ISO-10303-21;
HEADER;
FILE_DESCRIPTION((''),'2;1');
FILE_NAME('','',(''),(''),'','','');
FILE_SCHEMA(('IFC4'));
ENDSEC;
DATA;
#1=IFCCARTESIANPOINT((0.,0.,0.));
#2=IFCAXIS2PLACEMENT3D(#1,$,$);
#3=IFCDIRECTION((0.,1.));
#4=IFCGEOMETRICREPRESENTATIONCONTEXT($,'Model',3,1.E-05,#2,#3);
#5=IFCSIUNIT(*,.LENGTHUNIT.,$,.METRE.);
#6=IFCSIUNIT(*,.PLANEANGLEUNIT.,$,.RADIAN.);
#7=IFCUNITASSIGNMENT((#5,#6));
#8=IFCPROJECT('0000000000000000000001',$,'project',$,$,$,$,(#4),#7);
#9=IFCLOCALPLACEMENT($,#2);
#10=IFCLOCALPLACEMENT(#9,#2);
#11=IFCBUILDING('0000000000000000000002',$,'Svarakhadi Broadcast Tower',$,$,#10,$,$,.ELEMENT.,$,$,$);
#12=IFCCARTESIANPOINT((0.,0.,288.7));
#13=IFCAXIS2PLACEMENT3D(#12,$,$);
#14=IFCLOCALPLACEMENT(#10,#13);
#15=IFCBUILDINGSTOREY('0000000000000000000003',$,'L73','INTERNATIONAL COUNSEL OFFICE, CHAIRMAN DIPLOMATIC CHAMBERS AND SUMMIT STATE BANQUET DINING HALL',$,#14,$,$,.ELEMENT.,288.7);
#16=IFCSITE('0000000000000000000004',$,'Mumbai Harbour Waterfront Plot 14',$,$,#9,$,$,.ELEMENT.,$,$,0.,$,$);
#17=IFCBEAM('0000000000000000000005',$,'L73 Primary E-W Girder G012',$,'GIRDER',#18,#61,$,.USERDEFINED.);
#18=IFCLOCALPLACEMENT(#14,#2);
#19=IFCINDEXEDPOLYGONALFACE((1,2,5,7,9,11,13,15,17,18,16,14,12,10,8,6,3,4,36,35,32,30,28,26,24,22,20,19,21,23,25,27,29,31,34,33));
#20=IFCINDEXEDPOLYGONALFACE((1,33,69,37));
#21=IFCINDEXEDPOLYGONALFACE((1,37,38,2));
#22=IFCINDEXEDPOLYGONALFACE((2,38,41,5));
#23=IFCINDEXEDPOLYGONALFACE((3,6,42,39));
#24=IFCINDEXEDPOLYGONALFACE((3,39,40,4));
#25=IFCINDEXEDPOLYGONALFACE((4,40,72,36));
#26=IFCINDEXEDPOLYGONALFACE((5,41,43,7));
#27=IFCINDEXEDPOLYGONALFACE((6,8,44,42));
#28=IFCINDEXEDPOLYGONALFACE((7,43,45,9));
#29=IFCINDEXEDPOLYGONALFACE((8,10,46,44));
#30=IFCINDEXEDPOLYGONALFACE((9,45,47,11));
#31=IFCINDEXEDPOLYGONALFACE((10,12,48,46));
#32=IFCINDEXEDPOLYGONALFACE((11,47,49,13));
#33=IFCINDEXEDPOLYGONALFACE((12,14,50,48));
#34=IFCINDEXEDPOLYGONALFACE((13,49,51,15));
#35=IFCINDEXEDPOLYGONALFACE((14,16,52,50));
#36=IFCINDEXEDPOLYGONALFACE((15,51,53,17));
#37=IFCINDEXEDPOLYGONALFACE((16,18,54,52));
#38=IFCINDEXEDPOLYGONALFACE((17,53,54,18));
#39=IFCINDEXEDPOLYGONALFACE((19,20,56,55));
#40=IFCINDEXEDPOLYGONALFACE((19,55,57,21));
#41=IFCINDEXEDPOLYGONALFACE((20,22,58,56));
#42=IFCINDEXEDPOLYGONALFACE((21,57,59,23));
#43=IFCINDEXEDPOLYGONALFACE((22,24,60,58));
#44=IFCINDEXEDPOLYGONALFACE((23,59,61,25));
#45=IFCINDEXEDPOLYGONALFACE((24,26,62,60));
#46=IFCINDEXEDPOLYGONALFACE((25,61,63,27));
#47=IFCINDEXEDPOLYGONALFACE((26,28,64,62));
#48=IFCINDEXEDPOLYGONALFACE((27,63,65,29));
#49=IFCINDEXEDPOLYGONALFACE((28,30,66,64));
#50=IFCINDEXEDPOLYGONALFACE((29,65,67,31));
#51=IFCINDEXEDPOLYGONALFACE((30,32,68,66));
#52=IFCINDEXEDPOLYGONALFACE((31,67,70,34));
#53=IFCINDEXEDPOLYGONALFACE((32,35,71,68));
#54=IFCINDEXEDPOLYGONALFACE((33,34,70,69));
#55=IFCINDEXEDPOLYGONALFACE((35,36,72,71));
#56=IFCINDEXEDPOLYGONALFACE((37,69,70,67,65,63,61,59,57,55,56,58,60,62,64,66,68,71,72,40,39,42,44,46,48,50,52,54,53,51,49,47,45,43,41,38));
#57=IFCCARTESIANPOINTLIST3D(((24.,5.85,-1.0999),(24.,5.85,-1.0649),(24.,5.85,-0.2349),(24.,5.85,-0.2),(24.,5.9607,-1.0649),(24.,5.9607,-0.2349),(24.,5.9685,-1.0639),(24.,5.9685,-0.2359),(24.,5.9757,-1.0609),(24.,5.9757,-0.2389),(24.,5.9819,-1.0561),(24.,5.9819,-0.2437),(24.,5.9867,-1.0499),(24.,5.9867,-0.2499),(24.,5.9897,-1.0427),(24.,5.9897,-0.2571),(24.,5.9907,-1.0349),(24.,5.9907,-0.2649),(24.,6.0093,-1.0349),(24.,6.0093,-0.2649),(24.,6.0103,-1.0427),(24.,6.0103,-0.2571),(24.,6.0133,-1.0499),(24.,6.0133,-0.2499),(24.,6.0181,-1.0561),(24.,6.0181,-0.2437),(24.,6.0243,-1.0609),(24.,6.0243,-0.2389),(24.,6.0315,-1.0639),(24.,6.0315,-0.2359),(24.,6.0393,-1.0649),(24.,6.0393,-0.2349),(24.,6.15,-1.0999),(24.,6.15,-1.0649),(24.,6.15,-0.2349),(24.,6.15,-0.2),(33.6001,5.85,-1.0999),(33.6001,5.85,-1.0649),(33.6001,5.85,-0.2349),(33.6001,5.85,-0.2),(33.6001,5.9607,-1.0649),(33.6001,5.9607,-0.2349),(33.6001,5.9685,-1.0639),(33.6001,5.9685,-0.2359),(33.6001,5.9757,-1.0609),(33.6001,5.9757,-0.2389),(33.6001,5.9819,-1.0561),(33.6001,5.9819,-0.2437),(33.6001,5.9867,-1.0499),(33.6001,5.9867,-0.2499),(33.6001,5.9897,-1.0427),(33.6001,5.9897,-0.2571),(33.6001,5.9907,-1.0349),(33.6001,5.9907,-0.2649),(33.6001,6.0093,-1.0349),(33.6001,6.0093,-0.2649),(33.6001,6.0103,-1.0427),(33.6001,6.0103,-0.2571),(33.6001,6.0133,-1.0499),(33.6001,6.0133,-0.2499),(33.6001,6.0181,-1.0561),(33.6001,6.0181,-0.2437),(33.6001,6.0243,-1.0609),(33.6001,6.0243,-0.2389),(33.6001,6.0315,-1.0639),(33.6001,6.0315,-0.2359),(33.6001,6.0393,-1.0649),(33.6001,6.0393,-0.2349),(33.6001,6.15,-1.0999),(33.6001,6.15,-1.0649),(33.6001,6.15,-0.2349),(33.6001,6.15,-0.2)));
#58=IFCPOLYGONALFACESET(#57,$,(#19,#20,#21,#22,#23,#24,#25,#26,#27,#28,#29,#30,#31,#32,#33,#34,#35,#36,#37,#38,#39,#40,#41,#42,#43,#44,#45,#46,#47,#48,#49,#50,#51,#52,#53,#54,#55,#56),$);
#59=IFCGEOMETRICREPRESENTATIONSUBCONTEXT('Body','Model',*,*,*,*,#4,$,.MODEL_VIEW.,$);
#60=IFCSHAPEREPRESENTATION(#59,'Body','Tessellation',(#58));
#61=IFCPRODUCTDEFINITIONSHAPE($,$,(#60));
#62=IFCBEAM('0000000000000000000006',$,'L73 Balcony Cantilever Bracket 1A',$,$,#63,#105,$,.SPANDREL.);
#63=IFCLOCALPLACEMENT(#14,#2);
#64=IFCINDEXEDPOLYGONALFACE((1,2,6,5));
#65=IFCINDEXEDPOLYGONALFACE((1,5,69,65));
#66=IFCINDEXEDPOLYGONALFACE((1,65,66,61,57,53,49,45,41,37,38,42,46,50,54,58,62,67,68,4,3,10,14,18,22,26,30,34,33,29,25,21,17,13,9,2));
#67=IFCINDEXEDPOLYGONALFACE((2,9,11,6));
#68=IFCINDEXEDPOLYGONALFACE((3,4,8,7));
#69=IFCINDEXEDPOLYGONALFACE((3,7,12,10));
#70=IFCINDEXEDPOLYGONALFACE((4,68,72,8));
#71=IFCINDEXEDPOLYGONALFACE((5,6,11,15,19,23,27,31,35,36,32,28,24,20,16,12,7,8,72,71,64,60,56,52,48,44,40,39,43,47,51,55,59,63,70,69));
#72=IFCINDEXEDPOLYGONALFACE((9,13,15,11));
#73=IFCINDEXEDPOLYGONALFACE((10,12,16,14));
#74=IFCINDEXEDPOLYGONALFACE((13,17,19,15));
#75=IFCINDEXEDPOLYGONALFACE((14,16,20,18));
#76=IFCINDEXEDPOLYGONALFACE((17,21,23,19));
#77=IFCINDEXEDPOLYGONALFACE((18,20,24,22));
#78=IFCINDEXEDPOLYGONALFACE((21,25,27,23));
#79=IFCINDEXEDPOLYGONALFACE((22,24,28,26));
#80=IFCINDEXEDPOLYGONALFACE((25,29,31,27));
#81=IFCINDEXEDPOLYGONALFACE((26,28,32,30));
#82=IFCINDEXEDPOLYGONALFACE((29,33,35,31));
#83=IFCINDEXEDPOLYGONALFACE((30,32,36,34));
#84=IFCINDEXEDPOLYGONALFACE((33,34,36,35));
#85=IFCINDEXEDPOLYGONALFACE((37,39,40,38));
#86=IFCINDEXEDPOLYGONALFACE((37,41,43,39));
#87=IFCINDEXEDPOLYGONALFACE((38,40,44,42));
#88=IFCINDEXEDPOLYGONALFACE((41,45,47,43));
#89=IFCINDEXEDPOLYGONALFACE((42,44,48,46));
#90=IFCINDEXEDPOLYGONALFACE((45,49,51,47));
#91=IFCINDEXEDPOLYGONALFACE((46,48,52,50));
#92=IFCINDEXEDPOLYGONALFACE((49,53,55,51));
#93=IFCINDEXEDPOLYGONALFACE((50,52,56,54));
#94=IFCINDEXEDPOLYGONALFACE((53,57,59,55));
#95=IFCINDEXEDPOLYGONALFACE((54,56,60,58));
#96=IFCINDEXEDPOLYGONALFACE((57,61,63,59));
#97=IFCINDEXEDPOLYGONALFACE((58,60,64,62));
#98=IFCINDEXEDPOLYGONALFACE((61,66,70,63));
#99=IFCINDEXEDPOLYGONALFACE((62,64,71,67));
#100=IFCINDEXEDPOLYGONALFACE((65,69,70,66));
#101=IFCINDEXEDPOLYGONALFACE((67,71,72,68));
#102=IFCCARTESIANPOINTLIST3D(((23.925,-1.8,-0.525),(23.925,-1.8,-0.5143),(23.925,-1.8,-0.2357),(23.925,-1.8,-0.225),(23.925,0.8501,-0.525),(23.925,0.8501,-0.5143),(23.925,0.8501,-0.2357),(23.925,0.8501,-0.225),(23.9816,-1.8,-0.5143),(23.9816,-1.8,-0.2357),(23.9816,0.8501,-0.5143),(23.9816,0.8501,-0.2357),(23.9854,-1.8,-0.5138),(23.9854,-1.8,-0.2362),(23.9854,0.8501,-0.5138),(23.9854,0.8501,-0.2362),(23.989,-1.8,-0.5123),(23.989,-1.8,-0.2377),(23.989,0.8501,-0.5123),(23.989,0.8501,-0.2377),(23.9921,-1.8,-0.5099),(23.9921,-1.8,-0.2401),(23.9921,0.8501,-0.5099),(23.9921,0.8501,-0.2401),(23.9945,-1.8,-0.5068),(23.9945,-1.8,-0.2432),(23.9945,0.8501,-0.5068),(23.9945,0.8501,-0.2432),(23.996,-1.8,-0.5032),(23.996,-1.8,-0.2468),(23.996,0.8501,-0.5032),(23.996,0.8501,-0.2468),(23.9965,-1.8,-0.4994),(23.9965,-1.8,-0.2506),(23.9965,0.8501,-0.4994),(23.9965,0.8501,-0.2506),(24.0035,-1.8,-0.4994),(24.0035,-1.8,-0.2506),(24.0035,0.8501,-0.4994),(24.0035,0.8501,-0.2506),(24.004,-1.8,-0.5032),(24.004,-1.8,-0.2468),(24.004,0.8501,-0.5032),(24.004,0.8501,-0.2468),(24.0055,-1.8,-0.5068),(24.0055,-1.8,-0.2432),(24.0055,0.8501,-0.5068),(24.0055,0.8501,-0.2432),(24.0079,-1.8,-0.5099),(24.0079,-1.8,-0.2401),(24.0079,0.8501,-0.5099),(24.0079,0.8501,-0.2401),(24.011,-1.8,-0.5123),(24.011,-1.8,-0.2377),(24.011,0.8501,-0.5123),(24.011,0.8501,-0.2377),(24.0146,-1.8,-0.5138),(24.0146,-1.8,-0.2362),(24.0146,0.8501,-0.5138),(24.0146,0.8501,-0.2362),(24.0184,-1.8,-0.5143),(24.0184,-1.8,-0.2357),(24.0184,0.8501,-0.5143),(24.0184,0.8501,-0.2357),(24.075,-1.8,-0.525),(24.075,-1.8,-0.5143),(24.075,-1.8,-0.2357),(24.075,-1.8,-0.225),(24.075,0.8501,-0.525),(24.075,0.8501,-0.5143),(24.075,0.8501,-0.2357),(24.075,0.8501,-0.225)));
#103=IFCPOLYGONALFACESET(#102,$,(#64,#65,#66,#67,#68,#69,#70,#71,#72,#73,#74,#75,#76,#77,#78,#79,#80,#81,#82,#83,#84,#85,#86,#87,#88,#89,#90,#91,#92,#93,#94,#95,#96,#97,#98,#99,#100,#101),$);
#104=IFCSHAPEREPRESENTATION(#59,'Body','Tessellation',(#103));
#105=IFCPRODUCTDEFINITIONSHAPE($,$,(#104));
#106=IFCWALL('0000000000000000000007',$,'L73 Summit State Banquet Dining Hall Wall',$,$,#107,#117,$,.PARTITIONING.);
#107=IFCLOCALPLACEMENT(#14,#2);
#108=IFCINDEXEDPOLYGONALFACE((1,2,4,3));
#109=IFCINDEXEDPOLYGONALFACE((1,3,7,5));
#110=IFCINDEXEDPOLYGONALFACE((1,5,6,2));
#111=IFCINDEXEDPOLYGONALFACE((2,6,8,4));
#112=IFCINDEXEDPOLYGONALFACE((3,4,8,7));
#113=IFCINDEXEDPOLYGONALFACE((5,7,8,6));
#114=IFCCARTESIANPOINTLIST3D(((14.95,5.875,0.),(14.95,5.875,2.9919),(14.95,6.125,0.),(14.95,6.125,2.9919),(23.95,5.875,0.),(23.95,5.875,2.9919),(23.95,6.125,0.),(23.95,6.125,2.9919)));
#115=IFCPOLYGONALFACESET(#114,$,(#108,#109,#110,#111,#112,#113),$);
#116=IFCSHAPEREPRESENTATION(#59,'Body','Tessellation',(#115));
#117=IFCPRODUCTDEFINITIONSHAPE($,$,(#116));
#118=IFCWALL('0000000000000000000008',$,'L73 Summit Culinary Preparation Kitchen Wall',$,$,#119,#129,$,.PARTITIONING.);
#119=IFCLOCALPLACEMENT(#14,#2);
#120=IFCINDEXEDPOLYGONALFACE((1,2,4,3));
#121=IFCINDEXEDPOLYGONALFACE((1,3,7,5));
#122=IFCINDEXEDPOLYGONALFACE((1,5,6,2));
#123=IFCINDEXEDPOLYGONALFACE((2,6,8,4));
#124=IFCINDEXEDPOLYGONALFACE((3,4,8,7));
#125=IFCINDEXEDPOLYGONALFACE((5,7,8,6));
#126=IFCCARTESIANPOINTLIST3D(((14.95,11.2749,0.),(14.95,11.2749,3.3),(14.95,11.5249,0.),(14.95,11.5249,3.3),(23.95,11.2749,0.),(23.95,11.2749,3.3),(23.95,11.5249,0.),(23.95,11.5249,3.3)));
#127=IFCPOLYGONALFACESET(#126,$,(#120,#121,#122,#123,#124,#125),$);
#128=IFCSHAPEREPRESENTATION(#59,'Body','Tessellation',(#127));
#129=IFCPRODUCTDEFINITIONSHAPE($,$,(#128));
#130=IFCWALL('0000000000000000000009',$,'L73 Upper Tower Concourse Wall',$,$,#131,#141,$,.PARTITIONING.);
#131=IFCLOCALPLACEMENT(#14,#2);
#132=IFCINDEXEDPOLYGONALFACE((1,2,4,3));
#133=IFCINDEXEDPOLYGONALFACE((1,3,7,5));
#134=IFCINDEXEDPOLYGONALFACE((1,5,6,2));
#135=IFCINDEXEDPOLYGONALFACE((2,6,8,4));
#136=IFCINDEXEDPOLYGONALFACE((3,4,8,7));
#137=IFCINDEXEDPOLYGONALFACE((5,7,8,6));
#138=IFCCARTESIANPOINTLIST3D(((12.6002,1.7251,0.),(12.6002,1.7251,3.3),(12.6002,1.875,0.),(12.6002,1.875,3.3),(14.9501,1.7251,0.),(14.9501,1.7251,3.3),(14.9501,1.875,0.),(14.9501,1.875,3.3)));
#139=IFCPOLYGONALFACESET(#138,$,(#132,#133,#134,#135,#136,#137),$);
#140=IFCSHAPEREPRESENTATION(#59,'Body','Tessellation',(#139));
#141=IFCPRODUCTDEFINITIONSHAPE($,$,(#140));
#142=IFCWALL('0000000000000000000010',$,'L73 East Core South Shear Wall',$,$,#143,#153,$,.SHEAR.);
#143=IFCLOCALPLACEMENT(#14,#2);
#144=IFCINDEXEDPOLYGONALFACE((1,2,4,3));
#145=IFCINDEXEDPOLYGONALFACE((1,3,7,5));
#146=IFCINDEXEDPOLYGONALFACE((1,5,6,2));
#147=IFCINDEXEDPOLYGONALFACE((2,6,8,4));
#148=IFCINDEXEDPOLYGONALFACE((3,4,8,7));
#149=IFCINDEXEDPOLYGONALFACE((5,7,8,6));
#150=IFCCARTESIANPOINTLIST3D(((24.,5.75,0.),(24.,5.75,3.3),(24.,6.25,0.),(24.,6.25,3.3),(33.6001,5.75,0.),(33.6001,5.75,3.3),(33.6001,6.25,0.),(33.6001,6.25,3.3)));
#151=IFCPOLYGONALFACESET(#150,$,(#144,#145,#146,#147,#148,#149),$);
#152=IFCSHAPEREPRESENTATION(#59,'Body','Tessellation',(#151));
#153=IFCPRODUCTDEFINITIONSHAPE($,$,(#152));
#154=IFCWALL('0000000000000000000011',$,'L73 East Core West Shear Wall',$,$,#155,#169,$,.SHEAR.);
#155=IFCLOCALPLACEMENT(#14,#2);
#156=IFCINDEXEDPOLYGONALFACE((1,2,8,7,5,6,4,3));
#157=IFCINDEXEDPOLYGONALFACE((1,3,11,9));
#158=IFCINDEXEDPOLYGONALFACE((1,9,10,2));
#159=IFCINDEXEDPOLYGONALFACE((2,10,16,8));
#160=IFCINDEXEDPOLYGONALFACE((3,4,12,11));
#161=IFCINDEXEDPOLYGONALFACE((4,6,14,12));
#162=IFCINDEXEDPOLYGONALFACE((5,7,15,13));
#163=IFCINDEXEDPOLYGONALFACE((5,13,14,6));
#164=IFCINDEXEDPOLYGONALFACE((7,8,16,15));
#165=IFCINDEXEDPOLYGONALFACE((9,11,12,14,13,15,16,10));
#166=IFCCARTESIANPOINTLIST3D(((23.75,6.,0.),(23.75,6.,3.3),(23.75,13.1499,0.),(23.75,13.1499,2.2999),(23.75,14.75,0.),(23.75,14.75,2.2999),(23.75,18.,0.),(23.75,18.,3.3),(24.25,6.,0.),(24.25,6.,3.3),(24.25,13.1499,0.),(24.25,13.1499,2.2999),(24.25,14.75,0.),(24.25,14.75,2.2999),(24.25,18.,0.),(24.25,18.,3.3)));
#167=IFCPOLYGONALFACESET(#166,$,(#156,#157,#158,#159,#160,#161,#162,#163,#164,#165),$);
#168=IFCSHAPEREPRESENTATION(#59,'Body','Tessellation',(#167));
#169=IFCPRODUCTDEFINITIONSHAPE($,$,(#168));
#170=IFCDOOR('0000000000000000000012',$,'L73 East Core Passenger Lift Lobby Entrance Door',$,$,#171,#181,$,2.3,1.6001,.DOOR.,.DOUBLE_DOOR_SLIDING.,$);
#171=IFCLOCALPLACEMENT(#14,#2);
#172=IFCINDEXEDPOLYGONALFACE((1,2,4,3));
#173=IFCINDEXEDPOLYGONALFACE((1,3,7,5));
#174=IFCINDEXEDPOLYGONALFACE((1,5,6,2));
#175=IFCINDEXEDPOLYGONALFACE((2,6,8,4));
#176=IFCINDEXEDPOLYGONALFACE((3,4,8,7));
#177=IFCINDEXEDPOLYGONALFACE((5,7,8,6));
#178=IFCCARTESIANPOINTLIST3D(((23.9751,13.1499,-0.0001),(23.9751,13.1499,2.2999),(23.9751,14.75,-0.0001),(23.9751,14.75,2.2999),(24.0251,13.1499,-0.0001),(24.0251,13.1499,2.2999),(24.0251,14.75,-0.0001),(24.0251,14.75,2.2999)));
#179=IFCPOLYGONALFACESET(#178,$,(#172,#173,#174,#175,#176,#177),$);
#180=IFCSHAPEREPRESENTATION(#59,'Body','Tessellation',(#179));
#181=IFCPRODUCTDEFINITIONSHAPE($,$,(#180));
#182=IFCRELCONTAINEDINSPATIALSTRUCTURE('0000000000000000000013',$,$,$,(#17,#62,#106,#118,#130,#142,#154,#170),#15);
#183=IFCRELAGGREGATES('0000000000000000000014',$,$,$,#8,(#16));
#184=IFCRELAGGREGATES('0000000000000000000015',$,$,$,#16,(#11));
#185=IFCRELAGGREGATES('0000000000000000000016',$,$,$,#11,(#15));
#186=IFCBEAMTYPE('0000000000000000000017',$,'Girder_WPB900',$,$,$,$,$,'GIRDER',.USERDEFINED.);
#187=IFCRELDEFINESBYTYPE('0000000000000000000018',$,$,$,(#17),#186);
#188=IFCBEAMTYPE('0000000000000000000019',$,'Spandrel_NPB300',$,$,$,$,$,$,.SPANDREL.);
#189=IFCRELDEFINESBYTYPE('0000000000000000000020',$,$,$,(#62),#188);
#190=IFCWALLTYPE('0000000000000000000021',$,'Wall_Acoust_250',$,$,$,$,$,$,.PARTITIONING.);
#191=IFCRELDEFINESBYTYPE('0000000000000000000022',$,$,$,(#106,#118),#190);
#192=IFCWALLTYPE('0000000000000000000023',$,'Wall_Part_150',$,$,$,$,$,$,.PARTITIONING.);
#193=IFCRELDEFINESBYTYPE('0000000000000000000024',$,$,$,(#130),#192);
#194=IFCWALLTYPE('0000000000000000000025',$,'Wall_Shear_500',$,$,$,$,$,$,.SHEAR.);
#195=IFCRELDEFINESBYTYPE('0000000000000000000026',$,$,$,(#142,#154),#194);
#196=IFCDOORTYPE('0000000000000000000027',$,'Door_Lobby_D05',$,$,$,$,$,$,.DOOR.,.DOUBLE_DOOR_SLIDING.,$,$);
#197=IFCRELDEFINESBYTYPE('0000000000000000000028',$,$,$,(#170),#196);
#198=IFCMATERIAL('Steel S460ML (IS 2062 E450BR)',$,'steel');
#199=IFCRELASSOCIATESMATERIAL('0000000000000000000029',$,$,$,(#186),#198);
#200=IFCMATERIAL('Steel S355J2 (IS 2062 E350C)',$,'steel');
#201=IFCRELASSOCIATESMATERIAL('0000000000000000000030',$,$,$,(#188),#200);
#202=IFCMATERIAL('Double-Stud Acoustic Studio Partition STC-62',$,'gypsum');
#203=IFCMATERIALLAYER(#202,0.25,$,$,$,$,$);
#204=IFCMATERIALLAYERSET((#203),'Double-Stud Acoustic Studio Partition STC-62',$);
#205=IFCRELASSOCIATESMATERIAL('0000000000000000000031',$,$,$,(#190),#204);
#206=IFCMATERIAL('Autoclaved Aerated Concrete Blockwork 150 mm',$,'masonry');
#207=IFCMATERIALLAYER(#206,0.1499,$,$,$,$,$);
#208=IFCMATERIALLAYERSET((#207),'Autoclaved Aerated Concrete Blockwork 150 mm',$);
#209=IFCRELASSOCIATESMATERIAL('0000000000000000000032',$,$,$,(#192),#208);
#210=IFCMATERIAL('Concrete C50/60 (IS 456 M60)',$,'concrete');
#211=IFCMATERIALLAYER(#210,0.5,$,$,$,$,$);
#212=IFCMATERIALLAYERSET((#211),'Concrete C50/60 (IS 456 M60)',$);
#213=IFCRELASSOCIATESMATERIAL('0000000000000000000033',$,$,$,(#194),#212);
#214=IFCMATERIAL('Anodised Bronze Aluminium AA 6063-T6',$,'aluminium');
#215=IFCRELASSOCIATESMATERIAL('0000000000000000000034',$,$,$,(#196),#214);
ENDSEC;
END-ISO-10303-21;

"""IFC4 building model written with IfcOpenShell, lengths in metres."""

from ifc_helpers import new_model, si_unit, direction, frame, frame_2d, origin, origin_2d, place, context, subcontext, project, spatial, rectangle, i_section, extrude, material, layer, layer_set, material_profile, profile_set, type_object, element, fill, save


model = new_model("IFC4")

# Units and contexts
model_context = context("Model", 3, precision=1e-05, world=origin(), true_north=direction((0.0, 1.0)))
body_context = subcontext(model_context, "Body", "Model", "MODEL_VIEW")
ifc_project = project(units=[si_unit("LENGTHUNIT", "METRE"), si_unit("PLANEANGLEUNIT", "RADIAN")], contexts=[model_context])

# Site, building, storey
site_placement = place(None, origin())
site = spatial("IfcSite", under=ifc_project, at=site_placement, Name="Mumbai Harbour Waterfront Plot 14", CompositionType="ELEMENT", RefElevation=0.0)
building_placement = place(site_placement, origin())
building = spatial("IfcBuilding", under=site, at=building_placement, Name="Svarakhadi Broadcast Tower", CompositionType="ELEMENT")
storey_placement = place(building_placement, frame((0.0, 0.0, 288.7)))
storey = spatial("IfcBuildingStorey", under=building, at=storey_placement, Name="L73", Description="INTERNATIONAL COUNSEL OFFICE, CHAIRMAN DIPLOMATIC CHAMBERS AND SUMMIT STATE BANQUET DINING HALL", CompositionType="ELEMENT", Elevation=288.7)

# Shared definitions
ifc_material_1 = material(Name="Concrete C50/60 (IS 456 M60)", Category="concrete")
ifc_material_2 = material(Name="Steel S460ML (IS 2062 E450BR)", Category="steel")

# Beams
ifc_material_3 = material(Name="Steel S355J2 (IS 2062 E350C)", Category="steel")
ifc_material_profile_1 = material_profile(ifc_material_2, i_section(OverallWidth=0.3, OverallDepth=0.8999, WebThickness=0.0186, FlangeThickness=0.0349, FilletRadius=0.03, at=origin_2d()), Name="WPB 900x300x291")
ifc_profile_set_1 = profile_set([ifc_material_profile_1], Name="Steel S460ML (IS 2062 E450BR)")
beam_type_1 = type_object("IfcBeamType", Name="Girder_WPB900", ElementType="GIRDER", PredefinedType="USERDEFINED", material=ifc_profile_set_1)
beam_1_placement = place(storey_placement, frame((24.0, 6.0, -0.6499), z_axis=(1.0, 0.0, 0.0), x_axis=(0.0, 1.0, 0.0)))
element("IfcBeam", 1, at=beam_1_placement, inside=storey, type_object=beam_type_1, Name="L73 Primary E-W Girder G012", ObjectType="GIRDER", PredefinedType="USERDEFINED", context=body_context, shape_type="SweptSolid", body=[
    extrude(i_section(OverallWidth=0.3, OverallDepth=0.8999, WebThickness=0.0186, FlangeThickness=0.0349, FilletRadius=0.03, at=origin_2d()), origin(), (0.0, 0.0, 1.0), 9.6001),
])
ifc_material_profile_2 = material_profile(ifc_material_3, i_section(OverallWidth=0.1499, OverallDepth=0.3, WebThickness=0.0071, FlangeThickness=0.0107, FilletRadius=0.0149, at=origin_2d()), Name="NPB 300x150x37")
ifc_profile_set_2 = profile_set([ifc_material_profile_2], Name="Steel S355J2 (IS 2062 E350C)")
beam_type_2 = type_object("IfcBeamType", Name="Spandrel_NPB300", PredefinedType="SPANDREL", material=ifc_profile_set_2)
beam_2_placement = place(storey_placement, frame((24.0, 0.8501, -0.375), z_axis=(0.0, -1.0, 0.0), x_axis=(1.0, 0.0, 0.0)))
element("IfcBeam", 2, at=beam_2_placement, inside=storey, type_object=beam_type_2, Name="L73 Balcony Cantilever Bracket 1A", PredefinedType="SPANDREL", context=body_context, shape_type="SweptSolid", body=[
    extrude(i_section(OverallWidth=0.1499, OverallDepth=0.3, WebThickness=0.0071, FlangeThickness=0.0107, FilletRadius=0.0149, at=origin_2d()), origin(), (0.0, 0.0, 1.0), 2.6501),
])

# Walls
ifc_material_4 = material(Name="Double-Stud Acoustic Studio Partition STC-62", Category="gypsum")
ifc_layer_1 = layer(ifc_material_4, 0.25)
ifc_layer_set_1 = layer_set([ifc_layer_1], Name="Double-Stud Acoustic Studio Partition STC-62")
wall_type_1 = type_object("IfcWallType", Name="Wall_Acoust_250", PredefinedType="PARTITIONING", material=ifc_layer_set_1)
wall_1_placement = place(storey_placement, frame((14.95, 6.0, 0.0), z_axis=(0.0, 0.0, 1.0), x_axis=(1.0, 0.0, 0.0)))
element("IfcWall", 3, at=wall_1_placement, inside=storey, type_object=wall_type_1, Name="L73 Summit State Banquet Dining Hall Wall", PredefinedType="PARTITIONING", context=body_context, shape_type="SweptSolid", body=[
    extrude(rectangle(XDim=9.0, YDim=0.25, at=frame_2d((4.5, 0.0))), origin(), (0.0, 0.0, 1.0), 2.9919),
])
wall_2_placement = place(storey_placement, frame((14.95, 11.3999, 0.0), z_axis=(0.0, 0.0, 1.0), x_axis=(1.0, 0.0, 0.0)))
element("IfcWall", 4, at=wall_2_placement, inside=storey, type_object=wall_type_1, Name="L73 Summit Culinary Preparation Kitchen Wall", PredefinedType="PARTITIONING", context=body_context, shape_type="SweptSolid", body=[
    extrude(rectangle(XDim=9.0, YDim=0.25, at=frame_2d((4.5, 0.0))), origin(), (0.0, 0.0, 1.0), 3.3),
])
ifc_material_5 = material(Name="Autoclaved Aerated Concrete Blockwork 150 mm", Category="masonry")
ifc_layer_2 = layer(ifc_material_5, 0.1499)
ifc_layer_set_2 = layer_set([ifc_layer_2], Name="Autoclaved Aerated Concrete Blockwork 150 mm")
wall_type_2 = type_object("IfcWallType", Name="Wall_Part_150", PredefinedType="PARTITIONING", material=ifc_layer_set_2)
wall_3_placement = place(storey_placement, frame((14.95, 1.8, 0.0), z_axis=(0.0, 0.0, 1.0), x_axis=(-1.0, 0.0, 0.0)))
element("IfcWall", 5, at=wall_3_placement, inside=storey, type_object=wall_type_2, Name="L73 Upper Tower Concourse Wall", PredefinedType="PARTITIONING", context=body_context, shape_type="SweptSolid", body=[
    extrude(rectangle(XDim=2.3499, YDim=0.1499, at=frame_2d((1.1748, 0.0))), origin(), (0.0, 0.0, 1.0), 3.3),
])
ifc_layer_3 = layer(ifc_material_1, 0.5)
ifc_layer_set_3 = layer_set([ifc_layer_3], Name="Concrete C50/60 (IS 456 M60)")
wall_type_3 = type_object("IfcWallType", Name="Wall_Shear_500", PredefinedType="SHEAR", material=ifc_layer_set_3)
wall_4_placement = place(storey_placement, frame((24.0, 6.0, 0.0), z_axis=(0.0, 0.0, 1.0), x_axis=(1.0, 0.0, 0.0)))
element("IfcWall", 6, at=wall_4_placement, inside=storey, type_object=wall_type_3, Name="L73 East Core South Shear Wall", PredefinedType="SHEAR", context=body_context, shape_type="SweptSolid", body=[
    extrude(rectangle(XDim=9.6001, YDim=0.5, at=frame_2d((4.8, 0.0))), origin(), (0.0, 0.0, 1.0), 3.3),
])

# Wall, opening, door
wall_5_placement = place(storey_placement, frame((24.0, 6.0, 0.0), z_axis=(0.0, 0.0, 1.0), x_axis=(0.0, 1.0, 0.0)))
wall_5 = element("IfcWall", 7, at=wall_5_placement, inside=storey, type_object=wall_type_3, Name="L73 East Core West Shear Wall", PredefinedType="SHEAR", context=body_context, shape_type="SweptSolid", body=[
    extrude(rectangle(XDim=12.0, YDim=0.5, at=frame_2d((6.0, 0.0))), origin(), (0.0, 0.0, 1.0), 3.3),
])
opening_placement = place(wall_5_placement, frame((7.1499, 0.0, 0.0)))
opening = element("IfcOpeningElement", 8, at=opening_placement, cuts=wall_5, PredefinedType="OPENING", context=body_context, shape_type="SweptSolid", body=[
    extrude(rectangle(XDim=1.6001, YDim=2.3, at=frame_2d((0.8, 1.1499))), frame((0.0, 0.26, 0.0), z_axis=(0.0, -1.0, 0.0), x_axis=(1.0, 0.0, 0.0)), (0.0, 0.0, 1.0), 0.52),
])
ifc_material_6 = material(Name="Anodised Bronze Aluminium AA 6063-T6", Category="aluminium")
door_type = type_object("IfcDoorType", Name="Door_Lobby_D05", OperationType="DOUBLE_DOOR_SLIDING", PredefinedType="DOOR", material=ifc_material_6)
door_placement = place(opening_placement, origin())
door = element("IfcDoor", 9, at=door_placement, inside=storey, type_object=door_type, Name="L73 East Core Passenger Lift Lobby Entrance Door", OperationType="DOUBLE_DOOR_SLIDING", OverallHeight=2.3, OverallWidth=1.6001, PredefinedType="DOOR", context=body_context, shape_type="SweptSolid", body=[
    extrude(rectangle(XDim=1.6001, YDim=2.3, at=frame_2d((0.8, 1.1499))), frame((0.0, 0.0249, 0.0), z_axis=(0.0, -1.0, 0.0), x_axis=(1.0, 0.0, 0.0)), (0.0, 0.0, 1.0), 0.05),
])
fill(opening, door)

save(model, "model.ifc")
